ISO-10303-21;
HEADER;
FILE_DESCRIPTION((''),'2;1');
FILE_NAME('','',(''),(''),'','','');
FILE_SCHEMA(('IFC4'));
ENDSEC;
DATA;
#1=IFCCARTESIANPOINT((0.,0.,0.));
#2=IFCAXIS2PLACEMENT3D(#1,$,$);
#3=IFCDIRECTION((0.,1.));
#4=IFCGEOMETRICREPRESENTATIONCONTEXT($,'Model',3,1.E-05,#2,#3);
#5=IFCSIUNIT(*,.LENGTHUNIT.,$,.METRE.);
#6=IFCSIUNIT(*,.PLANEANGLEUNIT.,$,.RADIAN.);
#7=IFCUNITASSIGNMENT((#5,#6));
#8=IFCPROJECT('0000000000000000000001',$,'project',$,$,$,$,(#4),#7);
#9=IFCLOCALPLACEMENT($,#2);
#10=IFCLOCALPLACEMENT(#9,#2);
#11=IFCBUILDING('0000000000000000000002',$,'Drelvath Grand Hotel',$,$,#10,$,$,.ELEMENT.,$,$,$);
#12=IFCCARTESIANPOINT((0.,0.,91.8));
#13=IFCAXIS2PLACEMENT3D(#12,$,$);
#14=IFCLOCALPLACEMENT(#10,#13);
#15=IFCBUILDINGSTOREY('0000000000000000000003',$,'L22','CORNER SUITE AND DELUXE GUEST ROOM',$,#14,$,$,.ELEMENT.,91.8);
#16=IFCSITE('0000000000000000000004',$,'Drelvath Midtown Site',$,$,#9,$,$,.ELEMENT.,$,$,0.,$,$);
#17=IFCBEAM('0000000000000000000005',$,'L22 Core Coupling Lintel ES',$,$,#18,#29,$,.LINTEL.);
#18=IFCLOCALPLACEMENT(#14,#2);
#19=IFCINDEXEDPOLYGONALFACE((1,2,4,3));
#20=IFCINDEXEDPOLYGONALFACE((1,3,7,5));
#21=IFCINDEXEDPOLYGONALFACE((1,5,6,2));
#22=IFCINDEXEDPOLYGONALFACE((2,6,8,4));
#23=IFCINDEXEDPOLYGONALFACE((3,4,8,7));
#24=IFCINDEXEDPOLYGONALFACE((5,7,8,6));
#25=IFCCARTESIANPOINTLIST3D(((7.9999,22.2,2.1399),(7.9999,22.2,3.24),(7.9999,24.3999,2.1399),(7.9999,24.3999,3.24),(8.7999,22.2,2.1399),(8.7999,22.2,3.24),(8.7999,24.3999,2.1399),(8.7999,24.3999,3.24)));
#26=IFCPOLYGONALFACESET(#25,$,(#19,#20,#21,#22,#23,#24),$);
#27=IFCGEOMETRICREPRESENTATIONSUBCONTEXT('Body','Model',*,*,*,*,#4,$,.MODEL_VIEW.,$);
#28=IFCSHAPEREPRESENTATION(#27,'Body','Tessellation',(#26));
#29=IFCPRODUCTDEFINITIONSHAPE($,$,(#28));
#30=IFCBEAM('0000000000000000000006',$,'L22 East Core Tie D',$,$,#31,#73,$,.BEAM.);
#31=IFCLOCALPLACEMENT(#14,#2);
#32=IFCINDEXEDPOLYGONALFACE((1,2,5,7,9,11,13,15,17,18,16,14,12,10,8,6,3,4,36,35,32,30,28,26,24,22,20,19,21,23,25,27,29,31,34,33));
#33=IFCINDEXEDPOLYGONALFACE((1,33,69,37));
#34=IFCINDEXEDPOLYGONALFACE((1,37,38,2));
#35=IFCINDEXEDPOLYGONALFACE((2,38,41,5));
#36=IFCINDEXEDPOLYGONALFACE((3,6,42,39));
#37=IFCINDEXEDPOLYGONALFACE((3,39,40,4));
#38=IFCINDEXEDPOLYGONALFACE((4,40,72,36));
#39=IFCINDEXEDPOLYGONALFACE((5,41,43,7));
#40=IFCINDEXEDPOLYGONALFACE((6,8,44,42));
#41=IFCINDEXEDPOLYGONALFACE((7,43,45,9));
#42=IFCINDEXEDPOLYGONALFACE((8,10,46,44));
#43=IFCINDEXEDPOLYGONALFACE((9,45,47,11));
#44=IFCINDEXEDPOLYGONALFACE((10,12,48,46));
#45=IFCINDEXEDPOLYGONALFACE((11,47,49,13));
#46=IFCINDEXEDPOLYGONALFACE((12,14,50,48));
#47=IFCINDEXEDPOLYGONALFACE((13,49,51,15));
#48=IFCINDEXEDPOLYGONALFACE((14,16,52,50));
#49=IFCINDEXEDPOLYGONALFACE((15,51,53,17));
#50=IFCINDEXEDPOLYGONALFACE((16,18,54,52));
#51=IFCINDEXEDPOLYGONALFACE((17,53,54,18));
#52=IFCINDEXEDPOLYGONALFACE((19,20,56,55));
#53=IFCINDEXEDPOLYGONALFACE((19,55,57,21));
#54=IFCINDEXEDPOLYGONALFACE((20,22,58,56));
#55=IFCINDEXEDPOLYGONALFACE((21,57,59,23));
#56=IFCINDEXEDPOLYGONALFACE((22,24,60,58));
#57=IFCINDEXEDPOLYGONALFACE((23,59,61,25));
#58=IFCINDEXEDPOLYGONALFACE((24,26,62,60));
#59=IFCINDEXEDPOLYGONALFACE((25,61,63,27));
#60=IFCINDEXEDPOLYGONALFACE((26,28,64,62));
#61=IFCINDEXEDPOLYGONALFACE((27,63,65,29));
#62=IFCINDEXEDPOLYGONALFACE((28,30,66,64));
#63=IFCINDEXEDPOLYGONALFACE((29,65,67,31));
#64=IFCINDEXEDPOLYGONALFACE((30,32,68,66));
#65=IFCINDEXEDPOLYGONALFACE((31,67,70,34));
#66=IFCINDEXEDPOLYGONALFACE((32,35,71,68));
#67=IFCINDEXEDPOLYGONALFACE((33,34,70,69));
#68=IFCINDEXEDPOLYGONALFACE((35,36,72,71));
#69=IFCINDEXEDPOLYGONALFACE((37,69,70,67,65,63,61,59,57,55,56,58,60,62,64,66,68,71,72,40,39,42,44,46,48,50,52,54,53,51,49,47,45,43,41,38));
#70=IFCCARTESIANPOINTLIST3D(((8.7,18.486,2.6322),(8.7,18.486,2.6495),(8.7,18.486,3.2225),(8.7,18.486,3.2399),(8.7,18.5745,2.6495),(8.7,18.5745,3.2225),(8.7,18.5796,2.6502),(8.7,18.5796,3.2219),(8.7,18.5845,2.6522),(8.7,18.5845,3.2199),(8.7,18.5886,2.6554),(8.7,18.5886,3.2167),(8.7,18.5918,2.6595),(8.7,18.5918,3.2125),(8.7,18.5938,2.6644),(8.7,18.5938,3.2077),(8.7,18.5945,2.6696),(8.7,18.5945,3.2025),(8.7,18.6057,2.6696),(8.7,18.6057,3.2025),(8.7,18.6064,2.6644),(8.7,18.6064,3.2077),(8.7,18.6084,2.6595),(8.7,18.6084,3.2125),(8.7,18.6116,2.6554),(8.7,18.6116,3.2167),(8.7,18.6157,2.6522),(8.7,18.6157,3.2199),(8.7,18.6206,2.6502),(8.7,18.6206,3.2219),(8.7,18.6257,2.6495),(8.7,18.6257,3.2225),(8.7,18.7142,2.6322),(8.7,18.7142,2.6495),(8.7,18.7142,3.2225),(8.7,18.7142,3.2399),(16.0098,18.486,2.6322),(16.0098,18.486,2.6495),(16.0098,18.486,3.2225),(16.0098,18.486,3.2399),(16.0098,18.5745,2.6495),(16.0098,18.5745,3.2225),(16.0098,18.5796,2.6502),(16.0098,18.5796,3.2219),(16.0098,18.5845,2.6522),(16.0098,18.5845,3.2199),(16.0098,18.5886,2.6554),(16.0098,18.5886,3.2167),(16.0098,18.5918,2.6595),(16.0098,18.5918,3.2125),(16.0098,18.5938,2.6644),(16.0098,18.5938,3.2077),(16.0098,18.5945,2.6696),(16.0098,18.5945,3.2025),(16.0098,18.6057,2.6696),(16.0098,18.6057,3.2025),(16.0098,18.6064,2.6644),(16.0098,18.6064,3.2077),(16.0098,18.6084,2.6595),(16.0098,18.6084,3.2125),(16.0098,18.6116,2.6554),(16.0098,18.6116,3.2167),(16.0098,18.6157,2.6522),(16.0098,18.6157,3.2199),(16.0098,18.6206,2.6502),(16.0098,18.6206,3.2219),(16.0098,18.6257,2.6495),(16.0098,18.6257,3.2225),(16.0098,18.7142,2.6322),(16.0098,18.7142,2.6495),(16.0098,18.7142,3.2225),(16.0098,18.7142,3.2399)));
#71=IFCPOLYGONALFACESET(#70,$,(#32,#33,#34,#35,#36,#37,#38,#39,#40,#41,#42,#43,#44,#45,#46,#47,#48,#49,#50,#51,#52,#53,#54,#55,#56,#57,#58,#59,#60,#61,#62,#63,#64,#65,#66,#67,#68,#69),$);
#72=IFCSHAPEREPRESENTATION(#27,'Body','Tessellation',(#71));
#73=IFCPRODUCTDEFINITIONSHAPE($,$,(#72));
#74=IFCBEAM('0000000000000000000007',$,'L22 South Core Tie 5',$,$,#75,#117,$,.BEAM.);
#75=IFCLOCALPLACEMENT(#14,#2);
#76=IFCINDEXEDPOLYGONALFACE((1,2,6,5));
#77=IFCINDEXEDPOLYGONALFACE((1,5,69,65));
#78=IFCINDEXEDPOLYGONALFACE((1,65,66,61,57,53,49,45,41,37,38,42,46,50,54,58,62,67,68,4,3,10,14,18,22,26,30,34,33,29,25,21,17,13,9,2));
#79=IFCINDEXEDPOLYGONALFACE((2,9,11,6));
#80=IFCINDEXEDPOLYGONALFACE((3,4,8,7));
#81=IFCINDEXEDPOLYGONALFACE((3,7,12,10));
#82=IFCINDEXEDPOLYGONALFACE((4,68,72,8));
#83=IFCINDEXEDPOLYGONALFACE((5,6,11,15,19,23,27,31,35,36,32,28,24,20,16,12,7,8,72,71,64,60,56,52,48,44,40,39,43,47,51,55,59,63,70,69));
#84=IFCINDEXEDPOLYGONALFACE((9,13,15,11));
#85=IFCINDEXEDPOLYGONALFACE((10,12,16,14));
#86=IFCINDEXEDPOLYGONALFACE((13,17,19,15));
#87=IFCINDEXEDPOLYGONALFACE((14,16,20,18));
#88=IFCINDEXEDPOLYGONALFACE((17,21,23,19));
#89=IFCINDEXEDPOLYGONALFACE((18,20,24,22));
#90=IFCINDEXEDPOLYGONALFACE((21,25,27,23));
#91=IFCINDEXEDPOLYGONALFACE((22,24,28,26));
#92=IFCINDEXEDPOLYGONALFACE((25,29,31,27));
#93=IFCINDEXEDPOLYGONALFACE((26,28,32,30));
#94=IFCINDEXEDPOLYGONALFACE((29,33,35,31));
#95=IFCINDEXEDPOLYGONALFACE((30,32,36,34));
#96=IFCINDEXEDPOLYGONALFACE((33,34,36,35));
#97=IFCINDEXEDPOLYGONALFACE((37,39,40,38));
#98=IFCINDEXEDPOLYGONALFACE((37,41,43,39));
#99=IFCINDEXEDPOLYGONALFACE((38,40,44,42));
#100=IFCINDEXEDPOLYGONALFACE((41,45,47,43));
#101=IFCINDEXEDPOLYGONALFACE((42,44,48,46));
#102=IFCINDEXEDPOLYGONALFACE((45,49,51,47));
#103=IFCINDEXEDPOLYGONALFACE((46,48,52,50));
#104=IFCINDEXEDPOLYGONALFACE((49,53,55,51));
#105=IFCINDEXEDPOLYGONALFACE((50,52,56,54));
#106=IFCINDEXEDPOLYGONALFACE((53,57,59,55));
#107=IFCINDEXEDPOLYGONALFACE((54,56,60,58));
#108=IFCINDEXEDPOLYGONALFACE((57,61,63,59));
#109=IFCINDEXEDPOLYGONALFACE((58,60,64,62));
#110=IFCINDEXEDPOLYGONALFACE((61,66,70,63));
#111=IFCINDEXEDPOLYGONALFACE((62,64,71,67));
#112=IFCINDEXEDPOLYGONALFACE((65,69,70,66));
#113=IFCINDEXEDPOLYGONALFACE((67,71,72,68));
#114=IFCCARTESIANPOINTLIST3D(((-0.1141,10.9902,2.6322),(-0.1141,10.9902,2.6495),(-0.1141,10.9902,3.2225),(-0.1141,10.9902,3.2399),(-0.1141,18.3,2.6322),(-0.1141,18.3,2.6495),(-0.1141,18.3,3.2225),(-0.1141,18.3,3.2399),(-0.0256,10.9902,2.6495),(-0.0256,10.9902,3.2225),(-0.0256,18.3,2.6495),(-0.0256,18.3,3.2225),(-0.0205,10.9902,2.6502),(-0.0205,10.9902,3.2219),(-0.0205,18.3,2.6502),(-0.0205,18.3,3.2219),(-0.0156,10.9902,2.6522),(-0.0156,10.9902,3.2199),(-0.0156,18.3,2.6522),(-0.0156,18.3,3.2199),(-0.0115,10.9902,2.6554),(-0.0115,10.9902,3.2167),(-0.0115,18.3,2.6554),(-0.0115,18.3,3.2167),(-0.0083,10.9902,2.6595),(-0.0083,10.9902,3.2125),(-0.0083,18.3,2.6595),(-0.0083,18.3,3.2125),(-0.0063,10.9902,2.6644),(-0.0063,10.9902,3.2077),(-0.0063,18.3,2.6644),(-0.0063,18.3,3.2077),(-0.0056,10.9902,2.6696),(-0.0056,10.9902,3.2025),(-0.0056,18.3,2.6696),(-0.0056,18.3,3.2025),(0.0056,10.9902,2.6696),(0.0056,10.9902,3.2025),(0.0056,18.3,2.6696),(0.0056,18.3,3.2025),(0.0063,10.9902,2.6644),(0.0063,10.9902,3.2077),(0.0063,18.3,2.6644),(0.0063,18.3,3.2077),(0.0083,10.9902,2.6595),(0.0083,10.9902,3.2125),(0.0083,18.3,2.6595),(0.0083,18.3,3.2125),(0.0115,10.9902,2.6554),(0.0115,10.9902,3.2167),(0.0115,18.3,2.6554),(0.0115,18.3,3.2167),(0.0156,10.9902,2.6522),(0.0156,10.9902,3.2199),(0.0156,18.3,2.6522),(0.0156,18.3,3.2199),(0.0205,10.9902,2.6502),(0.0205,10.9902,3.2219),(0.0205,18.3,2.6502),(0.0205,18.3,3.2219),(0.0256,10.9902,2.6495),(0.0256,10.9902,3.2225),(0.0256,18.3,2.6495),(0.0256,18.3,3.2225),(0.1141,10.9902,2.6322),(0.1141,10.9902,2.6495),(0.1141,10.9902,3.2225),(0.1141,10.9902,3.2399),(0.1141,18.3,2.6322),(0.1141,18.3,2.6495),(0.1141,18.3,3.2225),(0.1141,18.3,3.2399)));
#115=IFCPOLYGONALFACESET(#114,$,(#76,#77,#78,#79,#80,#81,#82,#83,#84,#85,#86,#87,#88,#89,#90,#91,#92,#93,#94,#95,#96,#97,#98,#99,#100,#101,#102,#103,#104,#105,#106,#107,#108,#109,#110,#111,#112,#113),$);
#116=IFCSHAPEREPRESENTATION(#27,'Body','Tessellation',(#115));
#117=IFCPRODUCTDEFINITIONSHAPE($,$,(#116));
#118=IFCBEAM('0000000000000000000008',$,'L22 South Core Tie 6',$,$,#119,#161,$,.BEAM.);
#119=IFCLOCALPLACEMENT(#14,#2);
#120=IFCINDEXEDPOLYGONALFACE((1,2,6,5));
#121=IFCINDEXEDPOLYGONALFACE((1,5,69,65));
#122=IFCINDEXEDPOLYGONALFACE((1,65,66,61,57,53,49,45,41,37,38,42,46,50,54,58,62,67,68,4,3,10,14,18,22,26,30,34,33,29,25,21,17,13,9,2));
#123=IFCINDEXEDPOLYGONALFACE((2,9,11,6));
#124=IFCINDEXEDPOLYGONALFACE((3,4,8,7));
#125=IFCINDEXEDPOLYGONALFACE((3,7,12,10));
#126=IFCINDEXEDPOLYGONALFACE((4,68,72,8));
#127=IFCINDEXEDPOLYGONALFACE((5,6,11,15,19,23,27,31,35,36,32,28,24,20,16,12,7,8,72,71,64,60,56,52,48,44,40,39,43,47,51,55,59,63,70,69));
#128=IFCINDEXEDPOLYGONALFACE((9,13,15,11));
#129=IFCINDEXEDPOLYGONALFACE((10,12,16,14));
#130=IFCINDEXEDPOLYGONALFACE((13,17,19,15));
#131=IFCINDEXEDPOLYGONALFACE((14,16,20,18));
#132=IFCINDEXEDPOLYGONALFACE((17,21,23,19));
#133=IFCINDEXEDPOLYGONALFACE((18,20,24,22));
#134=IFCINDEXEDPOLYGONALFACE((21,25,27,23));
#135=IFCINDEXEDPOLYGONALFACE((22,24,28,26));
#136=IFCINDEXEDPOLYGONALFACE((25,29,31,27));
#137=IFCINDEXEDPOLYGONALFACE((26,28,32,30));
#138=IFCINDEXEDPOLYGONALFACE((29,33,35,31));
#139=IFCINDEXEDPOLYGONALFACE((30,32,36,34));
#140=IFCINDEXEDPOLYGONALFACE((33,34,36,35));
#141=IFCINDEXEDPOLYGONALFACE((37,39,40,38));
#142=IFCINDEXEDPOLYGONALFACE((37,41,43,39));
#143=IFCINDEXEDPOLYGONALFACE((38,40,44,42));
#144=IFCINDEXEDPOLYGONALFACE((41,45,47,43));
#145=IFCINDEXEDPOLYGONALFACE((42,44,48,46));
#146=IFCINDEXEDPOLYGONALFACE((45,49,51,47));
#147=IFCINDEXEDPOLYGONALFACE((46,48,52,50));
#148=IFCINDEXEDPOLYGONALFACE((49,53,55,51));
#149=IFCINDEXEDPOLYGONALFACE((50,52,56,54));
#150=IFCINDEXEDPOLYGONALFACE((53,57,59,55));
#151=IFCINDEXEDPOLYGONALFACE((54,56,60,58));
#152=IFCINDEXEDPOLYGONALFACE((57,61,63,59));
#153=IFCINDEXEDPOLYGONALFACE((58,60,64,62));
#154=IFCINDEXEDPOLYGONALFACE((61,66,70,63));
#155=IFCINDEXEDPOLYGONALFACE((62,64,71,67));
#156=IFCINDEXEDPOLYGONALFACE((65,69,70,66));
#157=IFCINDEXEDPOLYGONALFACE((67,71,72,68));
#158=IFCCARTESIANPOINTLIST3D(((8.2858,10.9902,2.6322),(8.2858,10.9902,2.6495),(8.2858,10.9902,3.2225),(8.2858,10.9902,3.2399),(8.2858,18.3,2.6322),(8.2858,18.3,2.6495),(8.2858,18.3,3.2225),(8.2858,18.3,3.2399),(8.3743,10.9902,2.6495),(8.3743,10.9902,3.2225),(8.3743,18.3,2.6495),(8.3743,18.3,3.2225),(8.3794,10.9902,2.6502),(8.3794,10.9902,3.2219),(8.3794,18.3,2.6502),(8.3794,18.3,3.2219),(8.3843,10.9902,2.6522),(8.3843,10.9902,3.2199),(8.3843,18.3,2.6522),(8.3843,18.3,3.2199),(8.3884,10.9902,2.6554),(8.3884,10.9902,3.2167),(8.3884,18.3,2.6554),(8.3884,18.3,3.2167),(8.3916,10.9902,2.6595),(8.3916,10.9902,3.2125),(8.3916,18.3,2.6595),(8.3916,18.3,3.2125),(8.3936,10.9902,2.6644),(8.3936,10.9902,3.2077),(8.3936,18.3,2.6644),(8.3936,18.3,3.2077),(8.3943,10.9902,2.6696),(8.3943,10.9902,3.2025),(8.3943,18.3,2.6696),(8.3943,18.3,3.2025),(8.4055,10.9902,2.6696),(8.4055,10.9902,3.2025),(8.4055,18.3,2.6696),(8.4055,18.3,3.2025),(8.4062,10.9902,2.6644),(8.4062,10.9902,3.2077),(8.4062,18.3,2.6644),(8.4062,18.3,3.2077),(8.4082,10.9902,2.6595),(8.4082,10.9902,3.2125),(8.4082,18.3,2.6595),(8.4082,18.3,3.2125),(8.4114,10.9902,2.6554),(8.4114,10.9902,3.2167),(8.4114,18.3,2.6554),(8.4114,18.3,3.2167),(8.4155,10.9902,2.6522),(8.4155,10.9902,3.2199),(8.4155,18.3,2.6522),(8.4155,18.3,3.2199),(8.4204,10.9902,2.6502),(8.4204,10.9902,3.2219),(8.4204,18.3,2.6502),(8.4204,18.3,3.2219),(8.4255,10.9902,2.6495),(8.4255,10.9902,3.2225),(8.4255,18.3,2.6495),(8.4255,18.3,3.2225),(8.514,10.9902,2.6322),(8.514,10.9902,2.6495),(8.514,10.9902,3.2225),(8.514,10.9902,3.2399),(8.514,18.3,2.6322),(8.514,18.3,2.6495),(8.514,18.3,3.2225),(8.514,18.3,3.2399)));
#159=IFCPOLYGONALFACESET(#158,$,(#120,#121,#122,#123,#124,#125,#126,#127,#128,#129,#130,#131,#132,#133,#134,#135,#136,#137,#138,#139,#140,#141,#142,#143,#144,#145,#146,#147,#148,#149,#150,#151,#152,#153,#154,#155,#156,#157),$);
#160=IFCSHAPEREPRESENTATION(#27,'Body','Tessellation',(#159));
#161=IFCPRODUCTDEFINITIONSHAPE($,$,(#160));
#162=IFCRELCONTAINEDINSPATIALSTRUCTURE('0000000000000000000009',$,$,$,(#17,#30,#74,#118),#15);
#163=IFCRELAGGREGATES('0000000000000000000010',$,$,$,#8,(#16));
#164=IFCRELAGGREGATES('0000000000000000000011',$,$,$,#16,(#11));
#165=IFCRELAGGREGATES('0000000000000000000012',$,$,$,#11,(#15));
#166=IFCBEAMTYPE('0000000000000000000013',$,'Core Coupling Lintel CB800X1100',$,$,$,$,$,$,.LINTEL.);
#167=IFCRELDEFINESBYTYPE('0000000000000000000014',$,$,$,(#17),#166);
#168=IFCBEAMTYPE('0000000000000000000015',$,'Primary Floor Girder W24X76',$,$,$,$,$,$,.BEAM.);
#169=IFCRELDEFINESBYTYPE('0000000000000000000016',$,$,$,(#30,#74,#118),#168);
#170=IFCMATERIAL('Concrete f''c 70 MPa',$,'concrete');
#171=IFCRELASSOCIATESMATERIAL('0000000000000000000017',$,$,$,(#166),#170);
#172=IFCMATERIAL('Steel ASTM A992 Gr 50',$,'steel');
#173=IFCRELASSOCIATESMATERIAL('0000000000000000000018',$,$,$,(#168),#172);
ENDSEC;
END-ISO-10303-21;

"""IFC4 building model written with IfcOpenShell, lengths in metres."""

from ifc_helpers import new_model, si_unit, direction, frame, origin, origin_2d, place, context, subcontext, project, spatial, rectangle, i_section, extrude, material, material_profile, profile_set, type_object, element, save


model = new_model("IFC4")

# Units and contexts
model_context = context("Model", 3, precision=1e-05, world=origin(), true_north=direction((0.0, 1.0)))
body_context = subcontext(model_context, "Body", "Model", "MODEL_VIEW")
ifc_project = project(units=[si_unit("LENGTHUNIT", "METRE"), si_unit("PLANEANGLEUNIT", "RADIAN")], contexts=[model_context])

# Site, building, storey
site_placement = place(None, origin())
site = spatial("IfcSite", under=ifc_project, at=site_placement, Name="Drelvath Midtown Site", CompositionType="ELEMENT", RefElevation=0.0)
building_placement = place(site_placement, origin())
building = spatial("IfcBuilding", under=site, at=building_placement, Name="Drelvath Grand Hotel", CompositionType="ELEMENT")
storey_placement = place(building_placement, frame((0.0, 0.0, 91.8)))
storey = spatial("IfcBuildingStorey", under=building, at=storey_placement, Name="L22", Description="CORNER SUITE AND DELUXE GUEST ROOM", CompositionType="ELEMENT", Elevation=91.8)

# Beams
ifc_material_1 = material(Name="Concrete f'c 70 MPa", Category="concrete")
ifc_material_profile_1 = material_profile(ifc_material_1, rectangle(XDim=0.8, YDim=1.1001, at=origin_2d()), Name="CB800X1100")
ifc_profile_set_1 = profile_set([ifc_material_profile_1], Name="Concrete f'c 70 MPa")
beam_type_1 = type_object("IfcBeamType", Name="Core Coupling Lintel CB800X1100", PredefinedType="LINTEL", material=ifc_profile_set_1)
beam_placement = place(storey_placement, frame((8.3999, 22.2, 2.6899), z_axis=(0.0, 1.0, 0.0), x_axis=(-1.0, 0.0, 0.0)))
element("IfcBeam", 1, at=beam_placement, inside=storey, type_object=beam_type_1, Name="L22 Core Coupling Lintel ES", PredefinedType="LINTEL", context=body_context, shape_type="SweptSolid", body=[
    extrude(rectangle(XDim=0.8, YDim=1.1001, at=origin_2d()), origin(), (0.0, 0.0, 1.0), 2.2),
])
ifc_material_2 = material(Name="Steel ASTM A992 Gr 50", Category="steel")
ifc_material_profile_2 = material_profile(ifc_material_2, i_section(OverallWidth=0.2283, OverallDepth=0.6077, WebThickness=0.0112, FlangeThickness=0.0173, FilletRadius=0.02, at=origin_2d()), Name="W24X76")
ifc_profile_set_2 = profile_set([ifc_material_profile_2], Name="Steel ASTM A992 Gr 50")
beam_type_2 = type_object("IfcBeamType", Name="Primary Floor Girder W24X76", PredefinedType="BEAM", material=ifc_profile_set_2)
for number, where, z_axis, x_axis, name in (
    (2, (8.7, 18.6001, 2.936), (1.0, 0.0, 0.0), (0.0, 1.0, 0.0), "L22 East Core Tie D"),
    (3, (0.0, 10.9902, 2.936), (0.0, 1.0, 0.0), (-1.0, 0.0, 0.0), "L22 South Core Tie 5"),
    (4, (8.3999, 10.9902, 2.936), (0.0, 1.0, 0.0), (-1.0, 0.0, 0.0), "L22 South Core Tie 6"),
):
    element("IfcBeam", number, at=place(storey_placement, frame(where, z_axis=z_axis, x_axis=x_axis)), inside=storey, type_object=beam_type_2, Name=name, PredefinedType="BEAM", context=body_context, shape_type="SweptSolid", body=[
        extrude(i_section(OverallWidth=0.2283, OverallDepth=0.6077, WebThickness=0.0112, FlangeThickness=0.0173, FilletRadius=0.02, at=origin_2d()), origin(), (0.0, 0.0, 1.0), 7.3098),
    ])

save(model, "model.ifc")
